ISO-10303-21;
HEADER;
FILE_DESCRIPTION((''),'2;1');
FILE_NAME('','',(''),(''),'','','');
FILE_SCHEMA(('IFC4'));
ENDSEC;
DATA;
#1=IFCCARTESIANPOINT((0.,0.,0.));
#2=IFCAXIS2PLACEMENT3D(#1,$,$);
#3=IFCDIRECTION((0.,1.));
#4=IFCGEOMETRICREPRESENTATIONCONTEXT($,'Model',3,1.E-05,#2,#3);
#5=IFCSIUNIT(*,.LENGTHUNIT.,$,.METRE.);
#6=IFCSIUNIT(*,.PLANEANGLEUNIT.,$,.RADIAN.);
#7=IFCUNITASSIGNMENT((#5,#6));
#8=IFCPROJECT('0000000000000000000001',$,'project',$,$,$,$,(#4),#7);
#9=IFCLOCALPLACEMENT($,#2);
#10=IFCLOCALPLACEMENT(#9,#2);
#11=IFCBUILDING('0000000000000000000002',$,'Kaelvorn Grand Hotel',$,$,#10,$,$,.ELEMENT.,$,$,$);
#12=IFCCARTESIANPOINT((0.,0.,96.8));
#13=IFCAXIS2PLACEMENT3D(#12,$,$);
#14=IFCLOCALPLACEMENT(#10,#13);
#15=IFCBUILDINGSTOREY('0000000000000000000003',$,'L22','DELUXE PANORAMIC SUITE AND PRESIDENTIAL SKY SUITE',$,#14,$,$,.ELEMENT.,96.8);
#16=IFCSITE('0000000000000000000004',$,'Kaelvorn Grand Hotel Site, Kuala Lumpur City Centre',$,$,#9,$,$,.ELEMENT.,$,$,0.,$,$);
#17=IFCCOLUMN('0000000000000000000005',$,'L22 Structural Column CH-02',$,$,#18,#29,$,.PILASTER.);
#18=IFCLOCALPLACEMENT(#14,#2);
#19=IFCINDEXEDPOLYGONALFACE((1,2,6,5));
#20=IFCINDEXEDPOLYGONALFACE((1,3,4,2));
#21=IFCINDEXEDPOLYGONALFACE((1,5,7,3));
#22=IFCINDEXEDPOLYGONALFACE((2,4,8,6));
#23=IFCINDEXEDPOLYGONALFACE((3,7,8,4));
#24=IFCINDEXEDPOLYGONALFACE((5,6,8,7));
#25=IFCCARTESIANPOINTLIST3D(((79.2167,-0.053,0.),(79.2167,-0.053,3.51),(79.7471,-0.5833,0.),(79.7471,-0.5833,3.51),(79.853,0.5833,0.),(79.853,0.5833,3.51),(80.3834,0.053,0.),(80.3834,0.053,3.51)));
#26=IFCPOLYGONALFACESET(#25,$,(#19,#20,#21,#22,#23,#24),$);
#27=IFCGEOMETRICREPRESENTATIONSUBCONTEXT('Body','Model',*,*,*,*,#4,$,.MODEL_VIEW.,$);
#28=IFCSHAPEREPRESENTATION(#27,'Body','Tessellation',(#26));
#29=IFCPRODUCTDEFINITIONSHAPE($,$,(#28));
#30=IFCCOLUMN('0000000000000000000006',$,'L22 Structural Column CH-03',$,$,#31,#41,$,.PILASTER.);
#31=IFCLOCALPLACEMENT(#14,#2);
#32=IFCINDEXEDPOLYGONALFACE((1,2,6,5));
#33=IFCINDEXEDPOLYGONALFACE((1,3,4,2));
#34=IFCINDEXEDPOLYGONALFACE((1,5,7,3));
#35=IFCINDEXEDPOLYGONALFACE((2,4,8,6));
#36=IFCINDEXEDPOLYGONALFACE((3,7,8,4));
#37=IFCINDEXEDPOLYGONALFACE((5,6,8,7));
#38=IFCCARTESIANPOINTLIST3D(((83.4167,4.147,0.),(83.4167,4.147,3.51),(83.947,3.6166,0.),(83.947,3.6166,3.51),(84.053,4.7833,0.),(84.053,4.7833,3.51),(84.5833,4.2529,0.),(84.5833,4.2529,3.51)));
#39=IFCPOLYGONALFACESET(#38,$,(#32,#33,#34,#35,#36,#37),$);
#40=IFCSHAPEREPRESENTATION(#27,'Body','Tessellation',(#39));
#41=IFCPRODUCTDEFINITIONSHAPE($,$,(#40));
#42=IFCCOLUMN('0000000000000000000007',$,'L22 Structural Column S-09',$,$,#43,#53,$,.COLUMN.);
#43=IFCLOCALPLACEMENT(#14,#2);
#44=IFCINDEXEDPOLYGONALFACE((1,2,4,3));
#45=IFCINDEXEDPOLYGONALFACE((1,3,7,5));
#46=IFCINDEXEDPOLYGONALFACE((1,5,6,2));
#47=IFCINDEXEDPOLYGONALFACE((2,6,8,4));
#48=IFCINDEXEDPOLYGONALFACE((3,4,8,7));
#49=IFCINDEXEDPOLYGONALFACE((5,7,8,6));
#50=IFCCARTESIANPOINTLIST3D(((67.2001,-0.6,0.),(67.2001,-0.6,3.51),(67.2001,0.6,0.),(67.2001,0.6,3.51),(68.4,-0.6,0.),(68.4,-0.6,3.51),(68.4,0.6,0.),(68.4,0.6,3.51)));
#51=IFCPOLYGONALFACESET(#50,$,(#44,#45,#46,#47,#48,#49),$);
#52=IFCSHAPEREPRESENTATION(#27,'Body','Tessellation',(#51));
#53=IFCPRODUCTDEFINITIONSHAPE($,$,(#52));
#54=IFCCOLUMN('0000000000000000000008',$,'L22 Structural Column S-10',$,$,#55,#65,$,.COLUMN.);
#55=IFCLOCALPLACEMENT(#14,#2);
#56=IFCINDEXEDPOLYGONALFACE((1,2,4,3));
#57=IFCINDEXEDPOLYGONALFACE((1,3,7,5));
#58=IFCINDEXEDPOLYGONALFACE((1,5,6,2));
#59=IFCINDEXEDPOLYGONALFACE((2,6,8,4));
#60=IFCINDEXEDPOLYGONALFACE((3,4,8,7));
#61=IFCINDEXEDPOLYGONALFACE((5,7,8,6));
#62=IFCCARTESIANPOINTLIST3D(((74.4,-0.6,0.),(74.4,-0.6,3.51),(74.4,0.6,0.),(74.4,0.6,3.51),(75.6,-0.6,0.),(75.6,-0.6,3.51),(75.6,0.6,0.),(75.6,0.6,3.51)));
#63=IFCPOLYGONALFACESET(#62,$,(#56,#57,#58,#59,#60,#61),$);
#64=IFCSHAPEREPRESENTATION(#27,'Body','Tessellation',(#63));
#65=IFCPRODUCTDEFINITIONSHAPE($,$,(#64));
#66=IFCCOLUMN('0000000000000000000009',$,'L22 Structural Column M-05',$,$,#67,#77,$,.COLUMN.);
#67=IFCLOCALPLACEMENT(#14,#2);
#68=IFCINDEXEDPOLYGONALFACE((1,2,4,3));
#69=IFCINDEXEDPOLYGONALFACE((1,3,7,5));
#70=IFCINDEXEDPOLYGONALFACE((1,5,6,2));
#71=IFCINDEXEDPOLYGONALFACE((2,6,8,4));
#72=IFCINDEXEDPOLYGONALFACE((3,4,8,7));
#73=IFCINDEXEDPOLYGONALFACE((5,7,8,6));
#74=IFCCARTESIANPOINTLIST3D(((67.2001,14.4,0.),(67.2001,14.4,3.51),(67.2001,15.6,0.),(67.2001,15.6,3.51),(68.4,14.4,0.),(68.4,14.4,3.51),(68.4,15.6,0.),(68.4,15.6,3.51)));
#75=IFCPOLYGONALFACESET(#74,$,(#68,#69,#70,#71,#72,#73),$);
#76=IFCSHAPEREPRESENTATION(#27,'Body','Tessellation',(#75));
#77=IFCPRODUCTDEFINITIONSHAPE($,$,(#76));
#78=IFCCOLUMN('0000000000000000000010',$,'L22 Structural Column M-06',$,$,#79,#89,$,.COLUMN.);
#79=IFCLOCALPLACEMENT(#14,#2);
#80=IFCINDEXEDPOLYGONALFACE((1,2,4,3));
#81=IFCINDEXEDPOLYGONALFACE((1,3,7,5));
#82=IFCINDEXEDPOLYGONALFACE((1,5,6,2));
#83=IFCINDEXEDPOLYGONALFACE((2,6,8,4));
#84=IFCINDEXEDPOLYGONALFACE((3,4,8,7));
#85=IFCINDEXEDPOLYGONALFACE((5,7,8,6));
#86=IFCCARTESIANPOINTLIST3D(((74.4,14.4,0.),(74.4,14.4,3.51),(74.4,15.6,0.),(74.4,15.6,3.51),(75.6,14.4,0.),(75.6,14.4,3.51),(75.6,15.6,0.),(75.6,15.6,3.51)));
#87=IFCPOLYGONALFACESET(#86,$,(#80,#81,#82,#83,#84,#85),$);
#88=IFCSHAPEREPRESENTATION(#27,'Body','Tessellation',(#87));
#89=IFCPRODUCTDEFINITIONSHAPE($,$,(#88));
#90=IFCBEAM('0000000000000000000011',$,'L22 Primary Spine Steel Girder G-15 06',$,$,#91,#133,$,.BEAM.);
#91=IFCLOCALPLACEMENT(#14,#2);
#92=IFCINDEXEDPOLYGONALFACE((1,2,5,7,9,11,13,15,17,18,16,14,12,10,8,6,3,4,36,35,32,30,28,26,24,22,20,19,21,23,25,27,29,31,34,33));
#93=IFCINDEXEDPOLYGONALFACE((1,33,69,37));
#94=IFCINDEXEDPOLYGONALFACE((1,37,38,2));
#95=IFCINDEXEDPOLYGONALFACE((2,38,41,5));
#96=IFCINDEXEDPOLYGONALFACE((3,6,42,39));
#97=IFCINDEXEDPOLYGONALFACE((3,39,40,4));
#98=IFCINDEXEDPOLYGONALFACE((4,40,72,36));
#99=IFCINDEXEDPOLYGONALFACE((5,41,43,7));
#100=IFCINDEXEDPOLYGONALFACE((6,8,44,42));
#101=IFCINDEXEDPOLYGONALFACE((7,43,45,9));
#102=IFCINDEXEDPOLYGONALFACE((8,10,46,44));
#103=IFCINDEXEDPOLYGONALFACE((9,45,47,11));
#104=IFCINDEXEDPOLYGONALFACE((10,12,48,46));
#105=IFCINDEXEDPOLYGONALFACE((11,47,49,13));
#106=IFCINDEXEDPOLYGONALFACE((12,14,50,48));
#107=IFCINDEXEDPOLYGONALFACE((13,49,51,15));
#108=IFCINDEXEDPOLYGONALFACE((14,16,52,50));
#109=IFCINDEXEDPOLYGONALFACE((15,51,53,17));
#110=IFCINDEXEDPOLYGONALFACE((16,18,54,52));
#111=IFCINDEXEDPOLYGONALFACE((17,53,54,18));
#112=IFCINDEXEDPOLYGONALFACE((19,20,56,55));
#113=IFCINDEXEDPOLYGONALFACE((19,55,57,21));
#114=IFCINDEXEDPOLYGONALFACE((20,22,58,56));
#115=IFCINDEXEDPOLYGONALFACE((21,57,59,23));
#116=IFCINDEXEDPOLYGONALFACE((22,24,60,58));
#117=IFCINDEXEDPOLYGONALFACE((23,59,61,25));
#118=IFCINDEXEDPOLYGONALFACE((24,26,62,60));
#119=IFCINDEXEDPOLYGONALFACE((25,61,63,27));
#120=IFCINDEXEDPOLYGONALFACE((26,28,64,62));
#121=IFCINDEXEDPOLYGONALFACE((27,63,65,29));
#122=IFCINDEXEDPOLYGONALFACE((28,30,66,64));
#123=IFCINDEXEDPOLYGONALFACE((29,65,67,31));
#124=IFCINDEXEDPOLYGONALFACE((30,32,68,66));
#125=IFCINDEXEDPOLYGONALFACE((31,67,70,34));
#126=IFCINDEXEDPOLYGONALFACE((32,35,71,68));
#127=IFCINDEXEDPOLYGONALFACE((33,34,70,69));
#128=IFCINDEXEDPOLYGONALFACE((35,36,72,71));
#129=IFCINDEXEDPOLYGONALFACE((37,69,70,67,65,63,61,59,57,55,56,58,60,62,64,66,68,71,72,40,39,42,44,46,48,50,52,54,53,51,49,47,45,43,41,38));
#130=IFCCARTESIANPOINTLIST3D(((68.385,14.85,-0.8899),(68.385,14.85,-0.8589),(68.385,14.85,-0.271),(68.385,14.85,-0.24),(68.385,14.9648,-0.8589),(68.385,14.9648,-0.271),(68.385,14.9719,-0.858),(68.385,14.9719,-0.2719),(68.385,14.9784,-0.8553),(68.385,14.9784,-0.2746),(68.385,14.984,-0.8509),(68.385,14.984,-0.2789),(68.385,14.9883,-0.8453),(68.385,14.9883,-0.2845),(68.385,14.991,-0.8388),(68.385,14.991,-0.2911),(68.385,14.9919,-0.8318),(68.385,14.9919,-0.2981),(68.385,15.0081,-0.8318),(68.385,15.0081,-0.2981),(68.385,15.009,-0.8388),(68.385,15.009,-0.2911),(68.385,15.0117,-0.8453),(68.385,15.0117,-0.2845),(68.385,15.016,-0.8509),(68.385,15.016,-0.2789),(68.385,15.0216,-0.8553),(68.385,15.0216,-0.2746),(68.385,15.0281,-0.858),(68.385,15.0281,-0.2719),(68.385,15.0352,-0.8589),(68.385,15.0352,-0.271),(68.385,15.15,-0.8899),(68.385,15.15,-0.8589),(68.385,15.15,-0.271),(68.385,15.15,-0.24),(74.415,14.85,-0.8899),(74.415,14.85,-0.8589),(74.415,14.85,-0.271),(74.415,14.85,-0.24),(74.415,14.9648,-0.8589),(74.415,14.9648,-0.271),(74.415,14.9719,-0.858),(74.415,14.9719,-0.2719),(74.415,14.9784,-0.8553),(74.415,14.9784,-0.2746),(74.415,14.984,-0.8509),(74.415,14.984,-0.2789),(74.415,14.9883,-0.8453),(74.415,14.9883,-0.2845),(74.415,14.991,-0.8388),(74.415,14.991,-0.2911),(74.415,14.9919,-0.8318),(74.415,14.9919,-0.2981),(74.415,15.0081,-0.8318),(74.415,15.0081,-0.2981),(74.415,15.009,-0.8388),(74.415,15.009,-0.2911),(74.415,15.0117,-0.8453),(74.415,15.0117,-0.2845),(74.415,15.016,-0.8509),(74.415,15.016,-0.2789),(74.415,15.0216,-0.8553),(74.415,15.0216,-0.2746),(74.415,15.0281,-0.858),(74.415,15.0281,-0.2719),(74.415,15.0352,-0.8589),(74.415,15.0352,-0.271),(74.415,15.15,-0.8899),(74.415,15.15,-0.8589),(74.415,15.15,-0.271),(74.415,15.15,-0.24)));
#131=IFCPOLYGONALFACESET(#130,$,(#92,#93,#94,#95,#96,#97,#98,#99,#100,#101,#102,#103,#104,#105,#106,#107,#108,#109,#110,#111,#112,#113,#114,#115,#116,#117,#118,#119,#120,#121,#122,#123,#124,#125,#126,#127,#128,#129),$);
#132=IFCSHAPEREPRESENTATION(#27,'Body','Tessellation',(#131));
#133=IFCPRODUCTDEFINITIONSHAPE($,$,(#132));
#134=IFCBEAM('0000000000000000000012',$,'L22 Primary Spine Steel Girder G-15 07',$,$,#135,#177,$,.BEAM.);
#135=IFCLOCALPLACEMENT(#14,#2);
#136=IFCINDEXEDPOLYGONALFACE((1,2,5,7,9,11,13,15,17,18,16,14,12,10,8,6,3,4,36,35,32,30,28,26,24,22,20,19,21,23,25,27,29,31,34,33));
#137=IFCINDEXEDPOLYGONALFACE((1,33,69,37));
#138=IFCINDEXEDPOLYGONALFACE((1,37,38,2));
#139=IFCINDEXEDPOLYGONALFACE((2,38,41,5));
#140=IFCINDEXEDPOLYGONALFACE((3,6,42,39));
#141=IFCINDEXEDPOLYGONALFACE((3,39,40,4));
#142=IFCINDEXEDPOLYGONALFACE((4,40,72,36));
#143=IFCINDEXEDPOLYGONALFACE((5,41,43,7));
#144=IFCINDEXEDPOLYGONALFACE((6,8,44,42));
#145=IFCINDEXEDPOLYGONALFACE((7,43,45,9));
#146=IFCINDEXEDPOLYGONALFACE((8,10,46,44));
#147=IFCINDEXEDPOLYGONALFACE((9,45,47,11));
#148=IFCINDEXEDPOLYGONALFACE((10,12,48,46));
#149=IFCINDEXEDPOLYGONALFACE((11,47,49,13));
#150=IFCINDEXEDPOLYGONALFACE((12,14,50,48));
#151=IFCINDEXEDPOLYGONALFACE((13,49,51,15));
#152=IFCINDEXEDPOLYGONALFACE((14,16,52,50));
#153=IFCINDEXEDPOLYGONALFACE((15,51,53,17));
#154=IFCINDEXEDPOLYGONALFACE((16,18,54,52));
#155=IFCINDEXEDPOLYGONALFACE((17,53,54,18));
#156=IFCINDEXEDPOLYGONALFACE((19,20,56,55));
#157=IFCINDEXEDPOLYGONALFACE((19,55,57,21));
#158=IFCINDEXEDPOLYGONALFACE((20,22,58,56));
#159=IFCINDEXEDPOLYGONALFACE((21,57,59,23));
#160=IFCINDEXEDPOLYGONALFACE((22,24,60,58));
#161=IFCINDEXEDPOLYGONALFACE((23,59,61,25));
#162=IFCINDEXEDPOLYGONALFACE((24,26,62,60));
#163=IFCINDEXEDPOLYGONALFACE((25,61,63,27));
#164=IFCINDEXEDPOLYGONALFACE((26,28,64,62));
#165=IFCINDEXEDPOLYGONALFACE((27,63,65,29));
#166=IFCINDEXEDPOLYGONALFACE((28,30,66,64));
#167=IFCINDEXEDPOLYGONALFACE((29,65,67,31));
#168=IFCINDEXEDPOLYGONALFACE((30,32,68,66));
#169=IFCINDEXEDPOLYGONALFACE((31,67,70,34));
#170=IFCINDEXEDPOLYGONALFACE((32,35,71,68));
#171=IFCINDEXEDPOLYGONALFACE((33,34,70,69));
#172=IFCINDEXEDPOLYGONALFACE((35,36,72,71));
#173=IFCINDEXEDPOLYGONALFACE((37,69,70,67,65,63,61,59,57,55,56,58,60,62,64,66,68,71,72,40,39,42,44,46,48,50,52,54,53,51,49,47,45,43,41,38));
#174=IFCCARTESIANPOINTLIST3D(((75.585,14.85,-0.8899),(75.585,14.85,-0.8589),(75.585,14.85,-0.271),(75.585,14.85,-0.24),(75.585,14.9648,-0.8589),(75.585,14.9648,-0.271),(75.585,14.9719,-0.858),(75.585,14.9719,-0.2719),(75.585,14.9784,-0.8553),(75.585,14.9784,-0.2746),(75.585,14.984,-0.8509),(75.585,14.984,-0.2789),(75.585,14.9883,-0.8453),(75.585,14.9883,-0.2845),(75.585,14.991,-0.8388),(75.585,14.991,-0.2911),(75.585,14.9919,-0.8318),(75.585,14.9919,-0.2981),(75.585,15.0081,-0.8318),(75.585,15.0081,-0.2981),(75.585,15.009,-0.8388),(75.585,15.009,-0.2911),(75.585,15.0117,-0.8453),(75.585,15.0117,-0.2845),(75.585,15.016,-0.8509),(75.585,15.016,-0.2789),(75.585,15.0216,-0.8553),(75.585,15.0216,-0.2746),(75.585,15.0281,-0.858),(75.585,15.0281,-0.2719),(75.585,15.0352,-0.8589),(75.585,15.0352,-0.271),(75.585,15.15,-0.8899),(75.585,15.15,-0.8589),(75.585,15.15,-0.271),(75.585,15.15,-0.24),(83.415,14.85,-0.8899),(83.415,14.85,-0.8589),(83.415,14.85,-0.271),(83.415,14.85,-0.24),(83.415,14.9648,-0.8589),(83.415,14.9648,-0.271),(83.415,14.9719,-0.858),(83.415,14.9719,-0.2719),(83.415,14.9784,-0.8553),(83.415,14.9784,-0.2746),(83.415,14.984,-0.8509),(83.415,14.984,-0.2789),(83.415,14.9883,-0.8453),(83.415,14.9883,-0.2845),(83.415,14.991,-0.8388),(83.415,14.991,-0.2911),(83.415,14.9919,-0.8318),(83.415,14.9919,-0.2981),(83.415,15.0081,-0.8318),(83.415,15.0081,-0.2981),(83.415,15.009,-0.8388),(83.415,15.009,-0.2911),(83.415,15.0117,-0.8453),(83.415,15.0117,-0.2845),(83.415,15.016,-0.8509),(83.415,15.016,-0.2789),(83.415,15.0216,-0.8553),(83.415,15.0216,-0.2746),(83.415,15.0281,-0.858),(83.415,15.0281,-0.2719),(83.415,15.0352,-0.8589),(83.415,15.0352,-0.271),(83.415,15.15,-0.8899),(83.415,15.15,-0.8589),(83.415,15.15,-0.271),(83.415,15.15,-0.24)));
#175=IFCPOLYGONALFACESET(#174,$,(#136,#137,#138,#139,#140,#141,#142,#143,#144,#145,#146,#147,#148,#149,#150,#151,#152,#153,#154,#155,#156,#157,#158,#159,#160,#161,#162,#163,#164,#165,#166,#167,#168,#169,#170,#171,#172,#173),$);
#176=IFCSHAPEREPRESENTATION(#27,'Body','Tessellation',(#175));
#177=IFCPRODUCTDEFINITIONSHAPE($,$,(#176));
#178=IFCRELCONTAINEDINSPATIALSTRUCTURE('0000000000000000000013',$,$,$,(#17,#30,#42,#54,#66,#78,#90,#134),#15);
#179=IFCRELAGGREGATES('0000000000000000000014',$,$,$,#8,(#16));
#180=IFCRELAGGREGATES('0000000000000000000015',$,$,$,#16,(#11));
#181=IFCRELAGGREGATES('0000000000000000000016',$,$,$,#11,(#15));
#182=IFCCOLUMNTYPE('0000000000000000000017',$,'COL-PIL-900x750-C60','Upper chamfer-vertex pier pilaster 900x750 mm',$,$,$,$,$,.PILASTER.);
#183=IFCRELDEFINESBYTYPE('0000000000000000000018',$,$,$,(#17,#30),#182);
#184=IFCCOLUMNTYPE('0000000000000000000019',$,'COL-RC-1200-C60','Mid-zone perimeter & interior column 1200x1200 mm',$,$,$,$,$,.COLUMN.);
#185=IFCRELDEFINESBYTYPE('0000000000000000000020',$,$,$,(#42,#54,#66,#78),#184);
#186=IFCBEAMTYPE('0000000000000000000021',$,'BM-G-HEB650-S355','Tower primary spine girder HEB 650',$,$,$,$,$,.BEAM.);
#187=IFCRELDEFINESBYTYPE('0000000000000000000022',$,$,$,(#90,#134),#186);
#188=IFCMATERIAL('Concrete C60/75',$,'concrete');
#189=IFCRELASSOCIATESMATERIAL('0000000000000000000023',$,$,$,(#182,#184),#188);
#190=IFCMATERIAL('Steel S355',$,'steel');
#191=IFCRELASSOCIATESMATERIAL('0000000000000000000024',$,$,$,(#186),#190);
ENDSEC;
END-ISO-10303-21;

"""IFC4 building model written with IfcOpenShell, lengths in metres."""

from ifc_helpers import new_model, si_unit, direction, frame, origin, origin_2d, place, context, subcontext, project, spatial, rectangle, i_section, extrude, material, material_profile, profile_set, type_object, element, save


model = new_model("IFC4")

# Units and contexts
model_context = context("Model", 3, precision=1e-05, world=origin(), true_north=direction((0.0, 1.0)))
body_context = subcontext(model_context, "Body", "Model", "MODEL_VIEW")
ifc_project = project(units=[si_unit("LENGTHUNIT", "METRE"), si_unit("PLANEANGLEUNIT", "RADIAN")], contexts=[model_context])

# Site, building, storey
site_placement = place(None, origin())
site = spatial("IfcSite", under=ifc_project, at=site_placement, Name="Kaelvorn Grand Hotel Site, Kuala Lumpur City Centre", CompositionType="ELEMENT", RefElevation=0.0)
building_placement = place(site_placement, origin())
building = spatial("IfcBuilding", under=site, at=building_placement, Name="Kaelvorn Grand Hotel", CompositionType="ELEMENT")
storey_placement = place(building_placement, frame((0.0, 0.0, 96.8)))
storey = spatial("IfcBuildingStorey", under=building, at=storey_placement, Name="L22", Description="DELUXE PANORAMIC SUITE AND PRESIDENTIAL SKY SUITE", CompositionType="ELEMENT", Elevation=96.8)

# Columns
ifc_material_1 = material(Name="Concrete C60/75", Category="concrete")
ifc_material_profile_1 = material_profile(ifc_material_1, rectangle(XDim=0.8999, YDim=0.75, at=origin_2d()), Name="RC PILASTER 900x750")
ifc_profile_set_1 = profile_set([ifc_material_profile_1], Name="Concrete C60/75")
column_type_1 = type_object("IfcColumnType", Name="COL-PIL-900x750-C60", Description="Upper chamfer-vertex pier pilaster 900x750 mm", PredefinedType="PILASTER", material=ifc_profile_set_1)
for number, where, z_axis, x_axis, name in (
    (1, (79.8, 0.0, 0.0), (0.0, 0.0, 1.0), (0.707107, 0.707107, 0.0), "L22 Structural Column CH-02"),
    (2, (84.0, 4.2, 0.0), (0.0, 0.0, 1.0), (0.707107, 0.707107, 0.0), "L22 Structural Column CH-03"),
):
    element("IfcColumn", number, at=place(storey_placement, frame(where, z_axis=z_axis, x_axis=x_axis)), inside=storey, type_object=column_type_1, Name=name, PredefinedType="PILASTER", context=body_context, shape_type="SweptSolid", body=[
        extrude(rectangle(XDim=0.8999, YDim=0.75, at=origin_2d()), origin(), (0.0, 0.0, 1.0), 3.51),
    ])
ifc_material_profile_2 = material_profile(ifc_material_1, rectangle(XDim=1.2, YDim=1.2, at=origin_2d()), Name="RC COL 1200x1200")
ifc_profile_set_2 = profile_set([ifc_material_profile_2], Name="Concrete C60/75")
column_type_2 = type_object("IfcColumnType", Name="COL-RC-1200-C60", Description="Mid-zone perimeter & interior column 1200x1200 mm", PredefinedType="COLUMN", material=ifc_profile_set_2)
for number, where, z_axis, x_axis, name in (
    (3, (67.8, 0.0, 0.0), (0.0, 0.0, 1.0), (1.0, 0.0, 0.0), "L22 Structural Column S-09"),
    (4, (75.0, 0.0, 0.0), (0.0, 0.0, 1.0), (1.0, 0.0, 0.0), "L22 Structural Column S-10"),
    (5, (67.8, 15.0, 0.0), (0.0, 0.0, 1.0), (1.0, 0.0, 0.0), "L22 Structural Column M-05"),
    (6, (75.0, 15.0, 0.0), (0.0, 0.0, 1.0), (1.0, 0.0, 0.0), "L22 Structural Column M-06"),
):
    element("IfcColumn", number, at=place(storey_placement, frame(where, z_axis=z_axis, x_axis=x_axis)), inside=storey, type_object=column_type_2, Name=name, PredefinedType="COLUMN", context=body_context, shape_type="SweptSolid", body=[
        extrude(rectangle(XDim=1.2, YDim=1.2, at=origin_2d()), origin(), (0.0, 0.0, 1.0), 3.51),
    ])

# Beams
ifc_material_2 = material(Name="Steel S355", Category="steel")
ifc_material_profile_3 = material_profile(ifc_material_2, i_section(OverallWidth=0.3, OverallDepth=0.6499, WebThickness=0.0161, FlangeThickness=0.031, FilletRadius=0.0271, at=origin_2d()), Name="HEB 650")
ifc_profile_set_3 = profile_set([ifc_material_profile_3], Name="Steel S355")
beam_type_1 = type_object("IfcBeamType", Name="BM-G-HEB650-S355", Description="Tower primary spine girder HEB 650", PredefinedType="BEAM", material=ifc_profile_set_3)
beam_1_placement = place(storey_placement, frame((68.385, 15.0, -0.5649), z_axis=(1.0, 0.0, 0.0), x_axis=(0.0, 1.0, 0.0)))
element("IfcBeam", 7, at=beam_1_placement, inside=storey, type_object=beam_type_1, Name="L22 Primary Spine Steel Girder G-15 06", PredefinedType="BEAM", context=body_context, shape_type="SweptSolid", body=[
    extrude(i_section(OverallWidth=0.3, OverallDepth=0.6499, WebThickness=0.0161, FlangeThickness=0.031, FilletRadius=0.0271, at=origin_2d()), origin(), (0.0, 0.0, 1.0), 6.03),
])
beam_2_placement = place(storey_placement, frame((75.585, 15.0, -0.5649), z_axis=(1.0, 0.0, 0.0), x_axis=(0.0, 1.0, 0.0)))
element("IfcBeam", 8, at=beam_2_placement, inside=storey, type_object=beam_type_1, Name="L22 Primary Spine Steel Girder G-15 07", PredefinedType="BEAM", context=body_context, shape_type="SweptSolid", body=[
    extrude(i_section(OverallWidth=0.3, OverallDepth=0.6499, WebThickness=0.0161, FlangeThickness=0.031, FilletRadius=0.0271, at=origin_2d()), origin(), (0.0, 0.0, 1.0), 7.8301),
])

save(model, "model.ifc")
